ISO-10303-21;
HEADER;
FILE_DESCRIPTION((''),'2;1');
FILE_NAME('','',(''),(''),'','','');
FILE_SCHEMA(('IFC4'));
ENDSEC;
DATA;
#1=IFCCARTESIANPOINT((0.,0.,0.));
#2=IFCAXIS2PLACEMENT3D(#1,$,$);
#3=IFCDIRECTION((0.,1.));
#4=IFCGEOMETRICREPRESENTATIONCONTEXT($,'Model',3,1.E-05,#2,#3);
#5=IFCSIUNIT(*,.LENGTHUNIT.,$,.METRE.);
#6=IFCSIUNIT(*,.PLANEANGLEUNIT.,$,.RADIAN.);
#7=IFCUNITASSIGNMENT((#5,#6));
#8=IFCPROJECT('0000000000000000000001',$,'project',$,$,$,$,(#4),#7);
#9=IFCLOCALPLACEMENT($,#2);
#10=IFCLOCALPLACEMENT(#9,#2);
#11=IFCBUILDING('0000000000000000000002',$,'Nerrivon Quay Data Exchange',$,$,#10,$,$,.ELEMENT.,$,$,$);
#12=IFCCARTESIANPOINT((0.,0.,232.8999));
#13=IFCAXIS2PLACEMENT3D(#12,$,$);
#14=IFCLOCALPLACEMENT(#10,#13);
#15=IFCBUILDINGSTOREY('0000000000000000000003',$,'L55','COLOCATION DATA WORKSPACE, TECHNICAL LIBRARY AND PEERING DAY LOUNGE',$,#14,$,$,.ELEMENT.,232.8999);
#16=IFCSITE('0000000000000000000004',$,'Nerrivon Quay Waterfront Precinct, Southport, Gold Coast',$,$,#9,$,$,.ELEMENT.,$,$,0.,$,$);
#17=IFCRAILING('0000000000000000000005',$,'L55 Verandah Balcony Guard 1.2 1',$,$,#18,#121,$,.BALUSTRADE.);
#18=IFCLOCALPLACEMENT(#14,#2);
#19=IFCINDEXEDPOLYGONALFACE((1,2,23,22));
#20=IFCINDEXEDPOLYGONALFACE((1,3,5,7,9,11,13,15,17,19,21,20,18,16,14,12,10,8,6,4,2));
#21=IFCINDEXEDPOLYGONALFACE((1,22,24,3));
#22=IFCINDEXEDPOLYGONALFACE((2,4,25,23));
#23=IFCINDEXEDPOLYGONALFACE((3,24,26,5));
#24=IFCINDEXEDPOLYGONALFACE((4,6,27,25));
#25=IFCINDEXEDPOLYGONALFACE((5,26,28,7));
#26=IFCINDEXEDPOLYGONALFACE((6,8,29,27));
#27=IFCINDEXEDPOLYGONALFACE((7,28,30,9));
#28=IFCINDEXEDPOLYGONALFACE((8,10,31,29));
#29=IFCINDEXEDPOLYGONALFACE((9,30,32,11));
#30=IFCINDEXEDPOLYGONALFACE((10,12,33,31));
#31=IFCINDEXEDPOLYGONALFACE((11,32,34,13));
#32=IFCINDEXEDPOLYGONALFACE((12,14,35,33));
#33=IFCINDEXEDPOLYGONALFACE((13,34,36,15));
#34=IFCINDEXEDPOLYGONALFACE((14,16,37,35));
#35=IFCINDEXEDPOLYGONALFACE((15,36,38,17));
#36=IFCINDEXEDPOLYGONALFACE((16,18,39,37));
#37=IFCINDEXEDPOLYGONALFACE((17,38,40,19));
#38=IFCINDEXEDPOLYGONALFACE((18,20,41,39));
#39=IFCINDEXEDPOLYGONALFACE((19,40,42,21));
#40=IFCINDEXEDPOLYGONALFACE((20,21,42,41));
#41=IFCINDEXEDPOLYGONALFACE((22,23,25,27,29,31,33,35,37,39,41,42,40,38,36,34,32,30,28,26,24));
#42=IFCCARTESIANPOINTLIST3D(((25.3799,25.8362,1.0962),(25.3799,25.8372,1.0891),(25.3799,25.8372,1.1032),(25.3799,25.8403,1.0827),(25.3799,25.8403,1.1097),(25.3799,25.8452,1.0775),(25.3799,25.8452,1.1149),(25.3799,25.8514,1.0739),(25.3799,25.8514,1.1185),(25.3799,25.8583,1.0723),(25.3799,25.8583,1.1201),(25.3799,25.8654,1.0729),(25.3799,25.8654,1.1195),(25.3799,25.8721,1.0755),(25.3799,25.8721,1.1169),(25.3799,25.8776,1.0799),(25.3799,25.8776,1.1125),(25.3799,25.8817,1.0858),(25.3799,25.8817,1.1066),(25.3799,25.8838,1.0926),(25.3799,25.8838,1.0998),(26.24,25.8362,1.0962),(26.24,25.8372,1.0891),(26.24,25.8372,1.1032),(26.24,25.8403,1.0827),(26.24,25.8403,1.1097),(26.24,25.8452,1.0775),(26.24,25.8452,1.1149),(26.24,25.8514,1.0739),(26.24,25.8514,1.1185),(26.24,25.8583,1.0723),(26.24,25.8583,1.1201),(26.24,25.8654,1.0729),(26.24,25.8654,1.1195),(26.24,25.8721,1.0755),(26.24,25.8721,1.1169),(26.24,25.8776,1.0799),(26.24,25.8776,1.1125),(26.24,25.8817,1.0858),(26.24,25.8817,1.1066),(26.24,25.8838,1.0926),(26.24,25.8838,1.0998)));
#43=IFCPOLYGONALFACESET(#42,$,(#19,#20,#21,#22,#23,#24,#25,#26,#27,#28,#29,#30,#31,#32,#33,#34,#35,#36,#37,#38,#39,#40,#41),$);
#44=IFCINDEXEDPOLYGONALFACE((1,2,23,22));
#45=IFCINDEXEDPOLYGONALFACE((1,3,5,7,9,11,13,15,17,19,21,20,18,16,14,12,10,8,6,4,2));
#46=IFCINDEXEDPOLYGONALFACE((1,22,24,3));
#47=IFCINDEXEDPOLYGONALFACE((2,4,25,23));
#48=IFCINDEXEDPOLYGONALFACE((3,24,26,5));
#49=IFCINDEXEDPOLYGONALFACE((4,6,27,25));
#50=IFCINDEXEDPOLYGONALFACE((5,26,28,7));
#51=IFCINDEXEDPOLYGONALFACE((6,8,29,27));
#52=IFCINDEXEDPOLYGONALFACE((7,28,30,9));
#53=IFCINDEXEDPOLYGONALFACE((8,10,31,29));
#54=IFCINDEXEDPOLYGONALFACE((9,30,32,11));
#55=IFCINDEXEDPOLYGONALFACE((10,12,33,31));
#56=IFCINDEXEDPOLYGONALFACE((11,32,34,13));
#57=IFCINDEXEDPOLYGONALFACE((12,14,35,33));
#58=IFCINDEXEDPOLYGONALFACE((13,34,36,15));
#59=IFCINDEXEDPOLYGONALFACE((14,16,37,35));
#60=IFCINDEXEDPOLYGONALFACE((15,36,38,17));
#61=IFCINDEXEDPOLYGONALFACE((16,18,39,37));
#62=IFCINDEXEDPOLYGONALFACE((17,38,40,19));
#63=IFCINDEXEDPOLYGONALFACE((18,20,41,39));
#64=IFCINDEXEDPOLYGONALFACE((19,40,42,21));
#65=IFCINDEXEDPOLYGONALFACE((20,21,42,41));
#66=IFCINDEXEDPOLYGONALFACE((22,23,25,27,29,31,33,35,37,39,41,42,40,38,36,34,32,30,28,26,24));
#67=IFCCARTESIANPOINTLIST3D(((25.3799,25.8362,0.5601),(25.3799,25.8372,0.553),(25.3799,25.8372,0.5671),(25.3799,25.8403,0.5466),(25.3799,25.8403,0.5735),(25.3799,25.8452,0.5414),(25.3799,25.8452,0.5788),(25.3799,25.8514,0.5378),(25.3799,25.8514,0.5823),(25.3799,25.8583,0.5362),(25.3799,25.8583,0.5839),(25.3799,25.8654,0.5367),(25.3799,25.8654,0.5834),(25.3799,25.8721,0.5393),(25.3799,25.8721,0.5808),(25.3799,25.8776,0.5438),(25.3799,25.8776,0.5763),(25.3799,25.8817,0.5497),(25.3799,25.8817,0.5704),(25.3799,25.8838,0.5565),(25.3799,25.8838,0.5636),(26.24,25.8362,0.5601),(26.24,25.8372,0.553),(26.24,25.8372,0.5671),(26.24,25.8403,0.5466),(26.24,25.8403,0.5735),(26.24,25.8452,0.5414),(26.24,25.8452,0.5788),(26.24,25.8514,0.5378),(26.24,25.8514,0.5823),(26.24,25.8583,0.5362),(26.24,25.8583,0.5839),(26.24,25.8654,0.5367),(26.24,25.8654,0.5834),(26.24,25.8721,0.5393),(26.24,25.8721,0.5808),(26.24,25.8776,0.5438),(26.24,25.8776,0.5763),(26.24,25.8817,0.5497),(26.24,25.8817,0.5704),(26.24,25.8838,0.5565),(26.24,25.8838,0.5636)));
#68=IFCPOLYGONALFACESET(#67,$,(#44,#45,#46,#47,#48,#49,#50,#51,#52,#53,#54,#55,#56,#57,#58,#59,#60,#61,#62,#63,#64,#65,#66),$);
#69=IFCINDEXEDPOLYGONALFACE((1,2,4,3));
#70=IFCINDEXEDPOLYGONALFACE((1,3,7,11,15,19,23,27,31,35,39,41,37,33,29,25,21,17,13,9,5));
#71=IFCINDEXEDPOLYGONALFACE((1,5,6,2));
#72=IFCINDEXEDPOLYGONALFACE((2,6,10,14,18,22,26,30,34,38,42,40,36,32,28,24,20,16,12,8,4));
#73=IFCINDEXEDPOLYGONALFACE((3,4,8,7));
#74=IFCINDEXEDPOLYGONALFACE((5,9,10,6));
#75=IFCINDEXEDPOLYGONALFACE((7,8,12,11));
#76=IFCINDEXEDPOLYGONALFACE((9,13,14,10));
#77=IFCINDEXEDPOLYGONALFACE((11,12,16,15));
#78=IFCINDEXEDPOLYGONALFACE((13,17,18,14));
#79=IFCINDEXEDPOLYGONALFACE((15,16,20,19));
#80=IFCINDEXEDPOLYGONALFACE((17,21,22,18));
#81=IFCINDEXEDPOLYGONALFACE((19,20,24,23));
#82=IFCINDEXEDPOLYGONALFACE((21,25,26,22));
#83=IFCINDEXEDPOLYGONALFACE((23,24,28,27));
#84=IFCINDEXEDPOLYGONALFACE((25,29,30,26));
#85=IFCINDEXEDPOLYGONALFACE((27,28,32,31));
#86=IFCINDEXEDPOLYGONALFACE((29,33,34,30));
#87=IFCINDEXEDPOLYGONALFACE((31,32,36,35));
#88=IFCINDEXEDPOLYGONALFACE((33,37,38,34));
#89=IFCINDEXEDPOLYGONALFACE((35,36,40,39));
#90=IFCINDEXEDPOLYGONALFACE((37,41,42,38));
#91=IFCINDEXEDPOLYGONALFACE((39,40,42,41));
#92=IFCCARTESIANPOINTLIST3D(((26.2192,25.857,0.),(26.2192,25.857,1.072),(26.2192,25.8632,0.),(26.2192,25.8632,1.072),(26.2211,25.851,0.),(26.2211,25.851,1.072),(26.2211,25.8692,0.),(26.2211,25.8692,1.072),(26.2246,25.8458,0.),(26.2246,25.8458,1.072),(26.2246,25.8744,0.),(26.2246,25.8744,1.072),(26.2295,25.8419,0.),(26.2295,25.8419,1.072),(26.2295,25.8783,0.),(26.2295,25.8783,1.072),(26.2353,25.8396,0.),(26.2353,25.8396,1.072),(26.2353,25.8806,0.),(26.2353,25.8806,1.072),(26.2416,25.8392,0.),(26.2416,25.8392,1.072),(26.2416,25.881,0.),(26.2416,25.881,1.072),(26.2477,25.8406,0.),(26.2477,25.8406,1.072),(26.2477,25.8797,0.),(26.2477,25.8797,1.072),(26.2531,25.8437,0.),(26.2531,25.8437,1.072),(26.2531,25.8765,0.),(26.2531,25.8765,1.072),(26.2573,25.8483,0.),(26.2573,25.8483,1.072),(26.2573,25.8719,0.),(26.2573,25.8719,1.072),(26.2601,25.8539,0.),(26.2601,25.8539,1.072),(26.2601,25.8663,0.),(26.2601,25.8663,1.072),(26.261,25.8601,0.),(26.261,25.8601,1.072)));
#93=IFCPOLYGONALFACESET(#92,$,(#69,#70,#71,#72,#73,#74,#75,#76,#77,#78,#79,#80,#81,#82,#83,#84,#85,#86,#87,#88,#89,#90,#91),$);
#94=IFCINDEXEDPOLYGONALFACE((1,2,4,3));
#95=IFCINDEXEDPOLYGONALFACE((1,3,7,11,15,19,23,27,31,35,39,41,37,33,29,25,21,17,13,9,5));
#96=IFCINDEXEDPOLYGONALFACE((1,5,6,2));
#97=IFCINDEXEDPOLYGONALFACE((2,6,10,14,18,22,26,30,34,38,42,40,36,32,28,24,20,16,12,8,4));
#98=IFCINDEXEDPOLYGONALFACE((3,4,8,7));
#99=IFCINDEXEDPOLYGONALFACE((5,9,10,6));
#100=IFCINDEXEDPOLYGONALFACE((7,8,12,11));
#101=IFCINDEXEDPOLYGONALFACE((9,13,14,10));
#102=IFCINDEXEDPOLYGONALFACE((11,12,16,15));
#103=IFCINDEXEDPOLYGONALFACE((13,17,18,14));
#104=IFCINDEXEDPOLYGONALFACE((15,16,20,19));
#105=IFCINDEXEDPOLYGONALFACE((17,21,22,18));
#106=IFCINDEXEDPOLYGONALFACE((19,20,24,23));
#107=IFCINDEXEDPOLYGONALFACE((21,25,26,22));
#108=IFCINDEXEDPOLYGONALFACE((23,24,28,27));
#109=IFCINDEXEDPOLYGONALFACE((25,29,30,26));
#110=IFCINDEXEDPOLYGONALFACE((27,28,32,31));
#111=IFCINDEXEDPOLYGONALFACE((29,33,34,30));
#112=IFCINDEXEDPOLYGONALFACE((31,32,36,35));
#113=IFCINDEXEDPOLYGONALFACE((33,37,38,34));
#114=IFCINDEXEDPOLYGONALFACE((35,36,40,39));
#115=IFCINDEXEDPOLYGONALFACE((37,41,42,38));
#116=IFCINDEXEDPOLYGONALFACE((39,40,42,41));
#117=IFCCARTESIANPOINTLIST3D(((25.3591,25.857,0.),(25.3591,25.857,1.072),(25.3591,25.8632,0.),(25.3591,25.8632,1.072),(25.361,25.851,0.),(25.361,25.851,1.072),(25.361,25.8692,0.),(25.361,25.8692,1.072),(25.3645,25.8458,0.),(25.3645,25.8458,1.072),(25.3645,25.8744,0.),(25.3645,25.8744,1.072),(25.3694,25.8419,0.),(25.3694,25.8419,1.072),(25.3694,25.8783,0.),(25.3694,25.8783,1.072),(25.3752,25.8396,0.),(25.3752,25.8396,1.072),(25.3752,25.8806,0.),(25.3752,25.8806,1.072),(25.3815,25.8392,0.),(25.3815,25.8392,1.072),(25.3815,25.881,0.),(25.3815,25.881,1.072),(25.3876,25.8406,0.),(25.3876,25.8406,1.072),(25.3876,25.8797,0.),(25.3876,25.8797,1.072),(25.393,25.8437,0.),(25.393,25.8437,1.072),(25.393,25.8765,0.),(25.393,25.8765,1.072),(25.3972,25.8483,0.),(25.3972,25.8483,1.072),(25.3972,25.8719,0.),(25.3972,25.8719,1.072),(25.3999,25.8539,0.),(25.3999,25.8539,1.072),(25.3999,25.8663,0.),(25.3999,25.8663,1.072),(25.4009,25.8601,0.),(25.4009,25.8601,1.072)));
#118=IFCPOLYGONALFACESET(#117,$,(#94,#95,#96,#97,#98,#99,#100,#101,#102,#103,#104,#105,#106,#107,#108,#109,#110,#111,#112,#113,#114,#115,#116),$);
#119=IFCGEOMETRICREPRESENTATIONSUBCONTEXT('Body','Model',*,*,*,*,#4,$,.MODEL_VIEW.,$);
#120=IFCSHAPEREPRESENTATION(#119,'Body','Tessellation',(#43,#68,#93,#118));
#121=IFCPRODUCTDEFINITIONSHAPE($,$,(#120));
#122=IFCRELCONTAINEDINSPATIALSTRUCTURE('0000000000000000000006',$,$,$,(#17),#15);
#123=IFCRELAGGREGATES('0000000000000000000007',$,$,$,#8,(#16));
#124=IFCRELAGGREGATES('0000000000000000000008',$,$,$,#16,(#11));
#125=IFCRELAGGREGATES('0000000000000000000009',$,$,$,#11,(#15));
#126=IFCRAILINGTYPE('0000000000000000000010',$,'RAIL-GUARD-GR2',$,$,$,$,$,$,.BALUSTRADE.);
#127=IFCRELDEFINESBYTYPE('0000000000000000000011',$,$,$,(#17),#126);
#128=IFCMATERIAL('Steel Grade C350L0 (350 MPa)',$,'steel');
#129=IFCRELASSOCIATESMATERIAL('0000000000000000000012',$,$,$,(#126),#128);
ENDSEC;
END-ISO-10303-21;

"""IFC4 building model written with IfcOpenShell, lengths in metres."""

from ifc_helpers import new_model, si_unit, direction, frame, origin, origin_2d, place, context, subcontext, project, spatial, circle, extrude, material, type_object, element, save


model = new_model("IFC4")

# Units and contexts
model_context = context("Model", 3, precision=1e-05, world=origin(), true_north=direction((0.0, 1.0)))
body_context = subcontext(model_context, "Body", "Model", "MODEL_VIEW")
ifc_project = project(units=[si_unit("LENGTHUNIT", "METRE"), si_unit("PLANEANGLEUNIT", "RADIAN")], contexts=[model_context])

# Site, building, storey
site_placement = place(None, origin())
site = spatial("IfcSite", under=ifc_project, at=site_placement, Name="Nerrivon Quay Waterfront Precinct, Southport, Gold Coast", CompositionType="ELEMENT", RefElevation=0.0)
building_placement = place(site_placement, origin())
building = spatial("IfcBuilding", under=site, at=building_placement, Name="Nerrivon Quay Data Exchange", CompositionType="ELEMENT")
storey_placement = place(building_placement, frame((0.0, 0.0, 232.8999)))
storey = spatial("IfcBuildingStorey", under=building, at=storey_placement, Name="L55", Description="COLOCATION DATA WORKSPACE, TECHNICAL LIBRARY AND PEERING DAY LOUNGE", CompositionType="ELEMENT", Elevation=232.8999)

# Shared definitions
ifc_material_1 = material(Name="Steel Grade C350L0 (350 MPa)", Category="steel")

# Railing
railing_type = type_object("IfcRailingType", Name="RAIL-GUARD-GR2", PredefinedType="BALUSTRADE", material=ifc_material_1)
railing_1_placement = place(storey_placement, frame((26.24, 25.8601, 0.0)))
element("IfcRailing", 1, at=railing_1_placement, inside=storey, type_object=railing_type, Name="L55 Verandah Balcony Guard 1.2 1", PredefinedType="BALUSTRADE", context=body_context, shape_type="SweptSolid", body=[
    extrude(circle(Radius=0.0239, at=origin_2d()), frame((0.0, 0.0, 1.0962), z_axis=(-1.0, 0.0, 0.0), x_axis=(0.0, -1.0, 0.0)), (0.0, 0.0, 1.0), 0.8601),
    extrude(circle(Radius=0.0239, at=origin_2d()), frame((0.0, 0.0, 0.5601), z_axis=(-1.0, 0.0, 0.0), x_axis=(0.0, -1.0, 0.0)), (0.0, 0.0, 1.0), 0.8601),
    extrude(circle(Radius=0.021, at=origin_2d()), origin(), (0.0, 0.0, 1.0), 1.072),
    extrude(circle(Radius=0.021, at=origin_2d()), frame((-0.8601, 0.0, 0.0)), (0.0, 0.0, 1.0), 1.072),
])

save(model, "model.ifc")
